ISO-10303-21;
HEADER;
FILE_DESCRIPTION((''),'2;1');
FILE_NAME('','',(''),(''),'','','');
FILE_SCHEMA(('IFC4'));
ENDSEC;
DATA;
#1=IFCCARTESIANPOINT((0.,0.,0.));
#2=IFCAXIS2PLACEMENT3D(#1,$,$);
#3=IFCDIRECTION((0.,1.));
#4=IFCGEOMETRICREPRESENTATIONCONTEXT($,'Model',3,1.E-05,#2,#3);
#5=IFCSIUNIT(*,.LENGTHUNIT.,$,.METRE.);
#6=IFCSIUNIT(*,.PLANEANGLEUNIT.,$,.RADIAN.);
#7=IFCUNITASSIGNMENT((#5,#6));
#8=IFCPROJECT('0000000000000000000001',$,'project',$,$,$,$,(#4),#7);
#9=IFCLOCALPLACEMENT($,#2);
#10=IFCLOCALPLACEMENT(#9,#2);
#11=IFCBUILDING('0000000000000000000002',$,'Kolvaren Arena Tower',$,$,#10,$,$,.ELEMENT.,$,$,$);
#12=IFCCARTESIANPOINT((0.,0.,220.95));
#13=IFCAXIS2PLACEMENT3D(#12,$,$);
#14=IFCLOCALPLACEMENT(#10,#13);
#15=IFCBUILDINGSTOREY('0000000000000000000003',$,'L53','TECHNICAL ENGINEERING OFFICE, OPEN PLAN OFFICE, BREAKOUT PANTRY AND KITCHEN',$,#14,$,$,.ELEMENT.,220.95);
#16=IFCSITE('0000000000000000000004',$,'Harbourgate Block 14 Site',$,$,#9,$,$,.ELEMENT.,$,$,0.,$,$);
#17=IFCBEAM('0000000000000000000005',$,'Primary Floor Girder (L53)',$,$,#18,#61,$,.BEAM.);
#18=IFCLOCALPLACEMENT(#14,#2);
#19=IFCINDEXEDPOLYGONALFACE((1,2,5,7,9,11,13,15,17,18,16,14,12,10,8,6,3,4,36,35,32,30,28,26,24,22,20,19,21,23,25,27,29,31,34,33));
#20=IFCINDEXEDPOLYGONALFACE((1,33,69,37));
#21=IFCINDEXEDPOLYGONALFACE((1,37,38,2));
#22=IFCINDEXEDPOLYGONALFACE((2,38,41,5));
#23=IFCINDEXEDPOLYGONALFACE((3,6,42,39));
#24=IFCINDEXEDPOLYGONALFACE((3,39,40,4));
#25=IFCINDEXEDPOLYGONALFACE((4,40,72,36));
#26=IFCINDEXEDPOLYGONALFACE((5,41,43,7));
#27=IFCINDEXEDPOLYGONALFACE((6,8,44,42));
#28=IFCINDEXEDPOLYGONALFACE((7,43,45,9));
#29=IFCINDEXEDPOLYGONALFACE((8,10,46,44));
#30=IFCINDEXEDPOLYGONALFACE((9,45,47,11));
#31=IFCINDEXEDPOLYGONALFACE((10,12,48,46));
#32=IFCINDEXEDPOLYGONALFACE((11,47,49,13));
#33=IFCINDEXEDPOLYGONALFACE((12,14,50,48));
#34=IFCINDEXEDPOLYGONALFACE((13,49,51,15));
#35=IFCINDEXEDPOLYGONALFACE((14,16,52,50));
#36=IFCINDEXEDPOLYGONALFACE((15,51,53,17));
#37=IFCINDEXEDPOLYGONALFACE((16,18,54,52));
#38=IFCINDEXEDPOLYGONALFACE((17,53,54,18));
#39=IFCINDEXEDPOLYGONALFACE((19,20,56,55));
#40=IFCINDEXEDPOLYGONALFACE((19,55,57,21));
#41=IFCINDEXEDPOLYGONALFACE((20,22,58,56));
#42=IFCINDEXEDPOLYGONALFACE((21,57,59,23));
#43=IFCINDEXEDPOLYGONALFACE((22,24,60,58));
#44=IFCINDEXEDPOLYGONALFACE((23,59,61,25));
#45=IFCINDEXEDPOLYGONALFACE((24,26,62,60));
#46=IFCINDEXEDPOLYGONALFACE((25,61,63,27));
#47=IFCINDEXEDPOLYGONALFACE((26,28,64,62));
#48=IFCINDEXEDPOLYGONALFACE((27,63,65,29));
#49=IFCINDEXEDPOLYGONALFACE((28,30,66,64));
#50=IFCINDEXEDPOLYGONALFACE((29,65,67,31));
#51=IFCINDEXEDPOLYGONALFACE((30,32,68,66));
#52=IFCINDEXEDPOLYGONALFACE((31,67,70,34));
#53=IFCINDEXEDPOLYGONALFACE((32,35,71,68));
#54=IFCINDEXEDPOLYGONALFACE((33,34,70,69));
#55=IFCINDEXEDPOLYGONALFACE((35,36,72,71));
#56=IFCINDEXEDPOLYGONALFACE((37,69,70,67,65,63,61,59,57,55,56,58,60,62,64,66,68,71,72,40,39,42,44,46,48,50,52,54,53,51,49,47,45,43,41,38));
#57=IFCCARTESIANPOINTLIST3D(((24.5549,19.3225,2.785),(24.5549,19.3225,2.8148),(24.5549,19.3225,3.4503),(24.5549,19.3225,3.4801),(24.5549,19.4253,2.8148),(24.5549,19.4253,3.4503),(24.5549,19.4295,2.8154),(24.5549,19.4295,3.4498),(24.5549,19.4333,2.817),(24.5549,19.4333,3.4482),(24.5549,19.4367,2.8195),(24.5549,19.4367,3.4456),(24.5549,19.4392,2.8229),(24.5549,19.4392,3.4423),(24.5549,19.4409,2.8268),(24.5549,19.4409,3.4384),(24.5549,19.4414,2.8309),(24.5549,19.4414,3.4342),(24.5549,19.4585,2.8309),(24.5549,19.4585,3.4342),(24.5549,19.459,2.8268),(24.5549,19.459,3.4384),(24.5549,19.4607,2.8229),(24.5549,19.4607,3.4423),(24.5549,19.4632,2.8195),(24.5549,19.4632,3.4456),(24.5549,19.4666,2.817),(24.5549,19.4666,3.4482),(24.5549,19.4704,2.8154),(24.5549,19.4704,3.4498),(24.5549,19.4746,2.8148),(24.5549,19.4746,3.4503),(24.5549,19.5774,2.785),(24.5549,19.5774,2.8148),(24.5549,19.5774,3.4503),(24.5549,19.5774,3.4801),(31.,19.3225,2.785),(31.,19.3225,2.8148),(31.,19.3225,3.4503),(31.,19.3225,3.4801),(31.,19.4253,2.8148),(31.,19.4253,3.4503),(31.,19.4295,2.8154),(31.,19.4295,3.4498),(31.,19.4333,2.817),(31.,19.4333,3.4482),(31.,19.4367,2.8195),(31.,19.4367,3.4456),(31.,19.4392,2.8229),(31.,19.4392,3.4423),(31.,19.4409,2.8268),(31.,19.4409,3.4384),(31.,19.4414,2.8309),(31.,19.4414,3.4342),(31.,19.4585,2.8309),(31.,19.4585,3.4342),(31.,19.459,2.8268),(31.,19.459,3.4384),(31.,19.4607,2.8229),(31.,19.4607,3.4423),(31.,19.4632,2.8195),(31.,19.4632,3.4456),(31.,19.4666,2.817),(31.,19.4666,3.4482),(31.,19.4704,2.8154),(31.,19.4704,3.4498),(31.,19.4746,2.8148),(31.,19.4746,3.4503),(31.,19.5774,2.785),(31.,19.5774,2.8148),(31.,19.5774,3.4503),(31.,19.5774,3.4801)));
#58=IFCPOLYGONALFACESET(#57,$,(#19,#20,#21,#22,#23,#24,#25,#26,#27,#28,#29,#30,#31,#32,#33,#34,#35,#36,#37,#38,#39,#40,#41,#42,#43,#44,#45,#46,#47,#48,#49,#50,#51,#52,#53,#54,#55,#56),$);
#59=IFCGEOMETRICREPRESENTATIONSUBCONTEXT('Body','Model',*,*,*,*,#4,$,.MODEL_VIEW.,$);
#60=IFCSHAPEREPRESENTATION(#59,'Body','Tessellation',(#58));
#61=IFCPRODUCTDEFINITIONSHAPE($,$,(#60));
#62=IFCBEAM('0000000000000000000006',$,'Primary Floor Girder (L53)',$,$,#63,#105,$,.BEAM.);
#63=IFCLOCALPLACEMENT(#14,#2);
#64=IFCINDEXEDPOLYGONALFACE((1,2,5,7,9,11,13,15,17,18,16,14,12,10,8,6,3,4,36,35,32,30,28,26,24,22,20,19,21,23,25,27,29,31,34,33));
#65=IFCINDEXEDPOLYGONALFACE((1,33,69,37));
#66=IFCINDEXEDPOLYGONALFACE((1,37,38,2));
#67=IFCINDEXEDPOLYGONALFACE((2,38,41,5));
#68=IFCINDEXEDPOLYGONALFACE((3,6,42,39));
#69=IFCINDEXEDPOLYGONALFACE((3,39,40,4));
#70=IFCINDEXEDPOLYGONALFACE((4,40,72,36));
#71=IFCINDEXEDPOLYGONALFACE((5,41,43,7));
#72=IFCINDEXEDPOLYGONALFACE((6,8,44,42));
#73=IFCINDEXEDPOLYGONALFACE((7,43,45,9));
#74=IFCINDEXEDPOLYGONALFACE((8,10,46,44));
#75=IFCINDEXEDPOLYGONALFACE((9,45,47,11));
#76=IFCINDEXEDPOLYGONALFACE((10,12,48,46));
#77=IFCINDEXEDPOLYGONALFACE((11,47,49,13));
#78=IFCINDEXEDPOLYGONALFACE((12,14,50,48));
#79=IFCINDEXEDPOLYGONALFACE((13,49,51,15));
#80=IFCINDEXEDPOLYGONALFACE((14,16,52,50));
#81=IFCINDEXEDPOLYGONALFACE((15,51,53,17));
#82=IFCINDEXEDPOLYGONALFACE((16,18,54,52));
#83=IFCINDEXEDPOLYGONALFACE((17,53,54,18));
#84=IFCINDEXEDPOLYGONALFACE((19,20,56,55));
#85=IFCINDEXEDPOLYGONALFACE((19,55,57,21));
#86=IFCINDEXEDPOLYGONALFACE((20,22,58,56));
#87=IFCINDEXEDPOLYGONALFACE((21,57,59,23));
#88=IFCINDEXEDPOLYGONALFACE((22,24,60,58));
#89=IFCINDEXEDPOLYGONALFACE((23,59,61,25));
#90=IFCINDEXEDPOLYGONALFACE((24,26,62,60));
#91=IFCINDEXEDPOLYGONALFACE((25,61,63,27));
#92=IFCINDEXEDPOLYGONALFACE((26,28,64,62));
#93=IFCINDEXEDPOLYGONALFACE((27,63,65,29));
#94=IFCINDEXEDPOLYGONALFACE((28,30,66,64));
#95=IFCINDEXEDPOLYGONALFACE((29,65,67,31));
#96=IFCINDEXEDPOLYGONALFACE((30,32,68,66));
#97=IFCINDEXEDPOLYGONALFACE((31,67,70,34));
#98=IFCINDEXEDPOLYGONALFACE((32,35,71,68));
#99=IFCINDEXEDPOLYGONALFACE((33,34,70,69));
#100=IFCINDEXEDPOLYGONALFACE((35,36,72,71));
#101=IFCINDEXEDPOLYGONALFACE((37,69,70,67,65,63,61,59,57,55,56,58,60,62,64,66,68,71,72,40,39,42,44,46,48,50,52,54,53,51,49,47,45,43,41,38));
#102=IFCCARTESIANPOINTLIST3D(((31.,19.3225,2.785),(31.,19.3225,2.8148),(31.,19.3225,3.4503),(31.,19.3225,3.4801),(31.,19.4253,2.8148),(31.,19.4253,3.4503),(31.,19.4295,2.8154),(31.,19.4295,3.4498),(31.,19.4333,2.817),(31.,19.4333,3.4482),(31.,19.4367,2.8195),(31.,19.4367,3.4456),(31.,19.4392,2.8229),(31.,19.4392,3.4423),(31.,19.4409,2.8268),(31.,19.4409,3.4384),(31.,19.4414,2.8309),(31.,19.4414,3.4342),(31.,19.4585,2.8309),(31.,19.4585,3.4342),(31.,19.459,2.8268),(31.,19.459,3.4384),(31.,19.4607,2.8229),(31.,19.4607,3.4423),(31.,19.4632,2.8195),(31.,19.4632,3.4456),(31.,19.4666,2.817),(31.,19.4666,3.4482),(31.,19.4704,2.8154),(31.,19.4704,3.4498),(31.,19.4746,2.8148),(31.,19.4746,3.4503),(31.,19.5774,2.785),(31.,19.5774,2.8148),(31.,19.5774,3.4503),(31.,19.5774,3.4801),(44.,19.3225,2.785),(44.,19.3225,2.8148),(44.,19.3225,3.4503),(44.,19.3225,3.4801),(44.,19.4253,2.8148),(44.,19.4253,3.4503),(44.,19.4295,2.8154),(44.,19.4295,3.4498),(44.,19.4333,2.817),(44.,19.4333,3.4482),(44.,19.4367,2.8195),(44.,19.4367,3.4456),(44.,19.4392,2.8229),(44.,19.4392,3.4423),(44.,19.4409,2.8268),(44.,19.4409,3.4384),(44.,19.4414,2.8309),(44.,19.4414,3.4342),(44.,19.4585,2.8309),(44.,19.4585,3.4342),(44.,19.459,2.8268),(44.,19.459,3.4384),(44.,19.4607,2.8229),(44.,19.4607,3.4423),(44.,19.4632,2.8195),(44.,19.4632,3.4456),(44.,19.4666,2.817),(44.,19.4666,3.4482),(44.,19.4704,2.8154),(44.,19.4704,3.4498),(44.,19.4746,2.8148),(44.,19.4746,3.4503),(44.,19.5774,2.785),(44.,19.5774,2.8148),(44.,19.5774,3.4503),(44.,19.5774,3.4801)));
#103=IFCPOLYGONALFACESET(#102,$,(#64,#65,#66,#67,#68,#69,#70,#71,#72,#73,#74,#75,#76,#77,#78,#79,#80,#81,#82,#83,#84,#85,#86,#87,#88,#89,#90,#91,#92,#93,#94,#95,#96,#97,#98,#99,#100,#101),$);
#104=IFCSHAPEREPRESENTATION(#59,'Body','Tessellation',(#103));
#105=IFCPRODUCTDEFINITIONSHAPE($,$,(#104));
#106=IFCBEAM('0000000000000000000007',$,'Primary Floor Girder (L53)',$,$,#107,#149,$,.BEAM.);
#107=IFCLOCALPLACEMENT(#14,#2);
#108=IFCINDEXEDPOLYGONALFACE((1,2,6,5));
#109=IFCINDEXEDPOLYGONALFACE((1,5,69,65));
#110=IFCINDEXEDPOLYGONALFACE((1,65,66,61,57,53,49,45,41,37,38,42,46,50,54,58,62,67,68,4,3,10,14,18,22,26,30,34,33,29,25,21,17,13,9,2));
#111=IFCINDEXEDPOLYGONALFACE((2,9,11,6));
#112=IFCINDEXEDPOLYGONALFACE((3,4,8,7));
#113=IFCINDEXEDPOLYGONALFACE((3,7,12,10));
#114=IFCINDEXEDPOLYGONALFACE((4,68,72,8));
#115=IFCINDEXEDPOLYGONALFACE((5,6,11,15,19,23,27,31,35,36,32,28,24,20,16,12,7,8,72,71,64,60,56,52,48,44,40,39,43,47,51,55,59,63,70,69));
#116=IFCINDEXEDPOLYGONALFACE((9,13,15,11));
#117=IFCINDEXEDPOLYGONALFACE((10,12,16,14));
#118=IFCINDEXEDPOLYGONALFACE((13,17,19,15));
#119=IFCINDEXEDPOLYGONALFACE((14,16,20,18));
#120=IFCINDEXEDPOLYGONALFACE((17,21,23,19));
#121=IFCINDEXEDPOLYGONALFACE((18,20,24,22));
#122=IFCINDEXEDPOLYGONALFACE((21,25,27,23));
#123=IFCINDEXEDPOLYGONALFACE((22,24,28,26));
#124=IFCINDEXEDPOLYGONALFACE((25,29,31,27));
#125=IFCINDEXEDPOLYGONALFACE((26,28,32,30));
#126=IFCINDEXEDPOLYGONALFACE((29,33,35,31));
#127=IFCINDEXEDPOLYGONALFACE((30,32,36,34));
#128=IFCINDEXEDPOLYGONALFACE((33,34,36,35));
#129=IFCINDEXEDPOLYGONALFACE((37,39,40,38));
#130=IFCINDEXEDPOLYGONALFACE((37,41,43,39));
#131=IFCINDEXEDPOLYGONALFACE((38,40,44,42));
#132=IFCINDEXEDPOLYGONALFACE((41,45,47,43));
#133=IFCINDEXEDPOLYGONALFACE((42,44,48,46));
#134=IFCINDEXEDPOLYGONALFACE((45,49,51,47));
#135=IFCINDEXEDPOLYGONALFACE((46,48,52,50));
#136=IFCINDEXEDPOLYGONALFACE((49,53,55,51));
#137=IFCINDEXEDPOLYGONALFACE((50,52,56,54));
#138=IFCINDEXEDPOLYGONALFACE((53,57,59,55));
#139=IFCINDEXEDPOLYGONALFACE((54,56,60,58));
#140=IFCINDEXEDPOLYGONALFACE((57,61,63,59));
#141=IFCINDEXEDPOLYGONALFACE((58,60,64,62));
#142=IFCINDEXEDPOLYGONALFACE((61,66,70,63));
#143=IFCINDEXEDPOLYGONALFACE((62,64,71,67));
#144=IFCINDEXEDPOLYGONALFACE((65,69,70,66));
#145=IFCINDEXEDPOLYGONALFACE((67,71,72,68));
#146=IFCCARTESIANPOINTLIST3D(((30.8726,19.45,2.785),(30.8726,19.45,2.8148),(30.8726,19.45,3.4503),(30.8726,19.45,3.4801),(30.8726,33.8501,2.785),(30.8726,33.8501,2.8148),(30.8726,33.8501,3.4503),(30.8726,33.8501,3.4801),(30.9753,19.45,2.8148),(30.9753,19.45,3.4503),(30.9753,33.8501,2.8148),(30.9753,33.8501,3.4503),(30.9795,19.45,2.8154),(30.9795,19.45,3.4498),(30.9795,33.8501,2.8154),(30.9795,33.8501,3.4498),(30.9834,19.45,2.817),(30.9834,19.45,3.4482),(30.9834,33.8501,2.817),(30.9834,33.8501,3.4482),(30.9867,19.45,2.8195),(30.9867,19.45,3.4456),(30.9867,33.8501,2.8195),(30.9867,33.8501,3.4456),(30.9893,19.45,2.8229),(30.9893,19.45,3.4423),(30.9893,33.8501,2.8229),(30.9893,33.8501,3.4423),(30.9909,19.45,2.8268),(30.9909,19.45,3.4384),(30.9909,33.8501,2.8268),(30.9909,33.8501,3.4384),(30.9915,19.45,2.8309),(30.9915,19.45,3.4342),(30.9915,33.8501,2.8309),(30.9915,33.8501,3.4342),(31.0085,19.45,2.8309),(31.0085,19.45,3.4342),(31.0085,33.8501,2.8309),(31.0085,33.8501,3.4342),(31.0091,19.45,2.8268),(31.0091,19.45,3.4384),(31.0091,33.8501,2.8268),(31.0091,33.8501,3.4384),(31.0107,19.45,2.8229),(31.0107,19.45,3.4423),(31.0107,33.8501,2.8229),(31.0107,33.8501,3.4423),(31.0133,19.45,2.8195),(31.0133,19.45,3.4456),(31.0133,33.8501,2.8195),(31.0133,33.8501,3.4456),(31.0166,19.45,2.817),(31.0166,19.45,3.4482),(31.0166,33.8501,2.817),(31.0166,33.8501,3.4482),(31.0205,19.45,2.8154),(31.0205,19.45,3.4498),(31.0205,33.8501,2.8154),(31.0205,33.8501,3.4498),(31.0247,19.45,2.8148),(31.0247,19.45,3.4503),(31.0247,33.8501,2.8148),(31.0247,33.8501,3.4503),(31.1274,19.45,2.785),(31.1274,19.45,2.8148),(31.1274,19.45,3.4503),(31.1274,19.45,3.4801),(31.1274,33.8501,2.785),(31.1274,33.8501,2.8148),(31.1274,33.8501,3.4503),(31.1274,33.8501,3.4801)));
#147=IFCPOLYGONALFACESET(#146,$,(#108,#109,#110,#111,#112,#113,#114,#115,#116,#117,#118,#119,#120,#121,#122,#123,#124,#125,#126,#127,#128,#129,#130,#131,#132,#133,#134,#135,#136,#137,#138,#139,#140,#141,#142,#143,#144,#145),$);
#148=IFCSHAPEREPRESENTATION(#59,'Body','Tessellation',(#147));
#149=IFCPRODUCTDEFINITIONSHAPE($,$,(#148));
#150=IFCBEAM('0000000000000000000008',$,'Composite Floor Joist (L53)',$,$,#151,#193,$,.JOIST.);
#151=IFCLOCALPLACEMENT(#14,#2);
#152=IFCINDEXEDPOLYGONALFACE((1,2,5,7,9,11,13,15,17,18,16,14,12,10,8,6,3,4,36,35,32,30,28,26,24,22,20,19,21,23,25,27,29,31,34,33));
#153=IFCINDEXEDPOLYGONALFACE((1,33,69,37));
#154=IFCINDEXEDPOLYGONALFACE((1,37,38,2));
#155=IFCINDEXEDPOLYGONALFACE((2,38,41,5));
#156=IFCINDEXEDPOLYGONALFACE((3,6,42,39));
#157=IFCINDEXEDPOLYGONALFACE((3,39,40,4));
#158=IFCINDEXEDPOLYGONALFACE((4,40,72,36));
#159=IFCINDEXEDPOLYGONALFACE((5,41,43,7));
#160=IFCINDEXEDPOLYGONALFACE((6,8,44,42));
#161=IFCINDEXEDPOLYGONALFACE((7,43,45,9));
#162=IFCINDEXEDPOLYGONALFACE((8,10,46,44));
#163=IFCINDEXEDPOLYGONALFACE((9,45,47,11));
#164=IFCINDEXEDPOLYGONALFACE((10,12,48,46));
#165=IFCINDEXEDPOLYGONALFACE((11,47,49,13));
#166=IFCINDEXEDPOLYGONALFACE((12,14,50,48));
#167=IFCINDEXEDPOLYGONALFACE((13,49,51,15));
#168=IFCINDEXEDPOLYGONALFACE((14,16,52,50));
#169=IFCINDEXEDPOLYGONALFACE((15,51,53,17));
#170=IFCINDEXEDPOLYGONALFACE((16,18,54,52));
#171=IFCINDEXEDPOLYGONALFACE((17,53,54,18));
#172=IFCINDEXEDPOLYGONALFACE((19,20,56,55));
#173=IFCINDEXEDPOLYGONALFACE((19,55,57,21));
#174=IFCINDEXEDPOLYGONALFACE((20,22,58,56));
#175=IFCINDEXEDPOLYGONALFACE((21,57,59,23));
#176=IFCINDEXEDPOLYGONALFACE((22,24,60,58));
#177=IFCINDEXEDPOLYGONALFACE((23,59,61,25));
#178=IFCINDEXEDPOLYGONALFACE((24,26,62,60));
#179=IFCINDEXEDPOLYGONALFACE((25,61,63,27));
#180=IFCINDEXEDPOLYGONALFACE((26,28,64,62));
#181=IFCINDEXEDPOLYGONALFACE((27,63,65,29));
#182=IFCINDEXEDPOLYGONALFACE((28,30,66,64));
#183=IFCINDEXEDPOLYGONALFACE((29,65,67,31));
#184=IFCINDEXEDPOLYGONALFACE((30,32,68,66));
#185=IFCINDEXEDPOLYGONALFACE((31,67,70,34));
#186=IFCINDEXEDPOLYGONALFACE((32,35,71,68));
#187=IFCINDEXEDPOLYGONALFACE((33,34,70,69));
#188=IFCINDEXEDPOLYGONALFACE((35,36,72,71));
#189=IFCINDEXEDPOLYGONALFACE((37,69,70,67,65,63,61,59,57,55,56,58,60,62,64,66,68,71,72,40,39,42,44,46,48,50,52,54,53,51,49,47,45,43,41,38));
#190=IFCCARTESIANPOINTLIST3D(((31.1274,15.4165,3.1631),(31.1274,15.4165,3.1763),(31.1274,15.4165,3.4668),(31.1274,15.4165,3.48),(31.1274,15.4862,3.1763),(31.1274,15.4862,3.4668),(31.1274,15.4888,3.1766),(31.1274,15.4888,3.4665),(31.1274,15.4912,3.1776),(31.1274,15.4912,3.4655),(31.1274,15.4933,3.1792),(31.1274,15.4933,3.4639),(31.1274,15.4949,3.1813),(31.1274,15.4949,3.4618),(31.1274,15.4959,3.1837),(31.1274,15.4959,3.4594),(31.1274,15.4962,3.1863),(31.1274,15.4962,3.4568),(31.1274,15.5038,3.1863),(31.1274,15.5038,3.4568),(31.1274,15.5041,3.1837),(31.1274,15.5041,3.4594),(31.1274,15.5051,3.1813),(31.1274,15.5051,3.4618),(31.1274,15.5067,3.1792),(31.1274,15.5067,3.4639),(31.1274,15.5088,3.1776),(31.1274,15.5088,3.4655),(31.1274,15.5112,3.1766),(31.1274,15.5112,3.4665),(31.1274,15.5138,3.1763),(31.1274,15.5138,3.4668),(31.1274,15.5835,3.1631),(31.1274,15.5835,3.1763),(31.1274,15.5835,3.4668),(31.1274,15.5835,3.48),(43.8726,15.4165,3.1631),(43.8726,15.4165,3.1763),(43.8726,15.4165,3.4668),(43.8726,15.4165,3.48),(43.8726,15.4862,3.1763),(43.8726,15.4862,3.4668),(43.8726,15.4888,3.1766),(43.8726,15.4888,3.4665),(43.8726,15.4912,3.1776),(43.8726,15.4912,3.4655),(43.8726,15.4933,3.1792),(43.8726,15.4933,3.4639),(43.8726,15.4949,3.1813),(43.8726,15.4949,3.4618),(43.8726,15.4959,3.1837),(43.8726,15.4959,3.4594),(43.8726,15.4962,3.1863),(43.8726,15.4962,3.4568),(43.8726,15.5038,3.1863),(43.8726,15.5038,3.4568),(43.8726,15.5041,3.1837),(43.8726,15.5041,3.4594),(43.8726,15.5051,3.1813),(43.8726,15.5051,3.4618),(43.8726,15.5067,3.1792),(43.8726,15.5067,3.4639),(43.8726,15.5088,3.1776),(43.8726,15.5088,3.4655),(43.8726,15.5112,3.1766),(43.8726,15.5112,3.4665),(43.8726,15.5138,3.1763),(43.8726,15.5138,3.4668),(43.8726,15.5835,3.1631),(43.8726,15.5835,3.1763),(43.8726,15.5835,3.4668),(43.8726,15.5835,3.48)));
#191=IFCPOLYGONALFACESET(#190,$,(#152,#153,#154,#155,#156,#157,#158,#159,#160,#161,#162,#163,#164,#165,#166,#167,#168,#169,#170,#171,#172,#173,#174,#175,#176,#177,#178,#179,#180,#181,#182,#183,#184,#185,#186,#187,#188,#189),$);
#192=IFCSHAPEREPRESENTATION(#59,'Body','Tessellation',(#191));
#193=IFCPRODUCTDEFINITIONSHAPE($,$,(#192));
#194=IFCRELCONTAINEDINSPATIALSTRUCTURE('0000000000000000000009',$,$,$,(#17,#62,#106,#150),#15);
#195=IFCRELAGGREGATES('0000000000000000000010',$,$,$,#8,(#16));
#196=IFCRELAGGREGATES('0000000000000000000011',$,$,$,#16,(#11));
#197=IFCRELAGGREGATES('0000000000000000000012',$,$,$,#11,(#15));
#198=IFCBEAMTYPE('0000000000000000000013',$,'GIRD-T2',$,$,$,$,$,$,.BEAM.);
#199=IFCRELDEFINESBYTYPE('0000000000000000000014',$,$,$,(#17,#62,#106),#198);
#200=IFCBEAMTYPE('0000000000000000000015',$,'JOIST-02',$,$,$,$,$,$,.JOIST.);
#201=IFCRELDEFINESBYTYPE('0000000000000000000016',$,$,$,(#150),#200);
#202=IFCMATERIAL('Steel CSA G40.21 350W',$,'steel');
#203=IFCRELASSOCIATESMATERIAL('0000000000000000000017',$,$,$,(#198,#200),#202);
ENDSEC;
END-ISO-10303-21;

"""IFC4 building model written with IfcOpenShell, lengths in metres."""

from ifc_helpers import new_model, si_unit, direction, frame, origin, origin_2d, place, context, subcontext, project, spatial, i_section, extrude, material, material_profile, profile_set, type_object, element, save


model = new_model("IFC4")

# Units and contexts
model_context = context("Model", 3, precision=1e-05, world=origin(), true_north=direction((0.0, 1.0)))
body_context = subcontext(model_context, "Body", "Model", "MODEL_VIEW")
ifc_project = project(units=[si_unit("LENGTHUNIT", "METRE"), si_unit("PLANEANGLEUNIT", "RADIAN")], contexts=[model_context])

# Site, building, storey
site_placement = place(None, origin())
site = spatial("IfcSite", under=ifc_project, at=site_placement, Name="Harbourgate Block 14 Site", CompositionType="ELEMENT", RefElevation=0.0)
building_placement = place(site_placement, origin())
building = spatial("IfcBuilding", under=site, at=building_placement, Name="Kolvaren Arena Tower", CompositionType="ELEMENT")
storey_placement = place(building_placement, frame((0.0, 0.0, 220.95)))
storey = spatial("IfcBuildingStorey", under=building, at=storey_placement, Name="L53", Description="TECHNICAL ENGINEERING OFFICE, OPEN PLAN OFFICE, BREAKOUT PANTRY AND KITCHEN", CompositionType="ELEMENT", Elevation=220.95)

# Beams
ifc_material_1 = material(Name="Steel CSA G40.21 350W", Category="steel")
ifc_material_profile_1 = material_profile(ifc_material_1, i_section(OverallWidth=0.2549, OverallDepth=0.6951, WebThickness=0.0171, FlangeThickness=0.0298, FilletRadius=0.0161, at=origin_2d()), Name="W690x217")
ifc_profile_set_1 = profile_set([ifc_material_profile_1], Name="Steel CSA G40.21 350W")
beam_type_1 = type_object("IfcBeamType", Name="GIRD-T2", PredefinedType="BEAM", material=ifc_profile_set_1)
beam_1_placement = place(storey_placement, frame((24.5549, 19.45, 3.1326), z_axis=(1.0, 0.0, 0.0), x_axis=(0.0, 1.0, 0.0)))
element("IfcBeam", 1, at=beam_1_placement, inside=storey, type_object=beam_type_1, Name="Primary Floor Girder (L53)", PredefinedType="BEAM", context=body_context, shape_type="SweptSolid", body=[
    extrude(i_section(OverallWidth=0.2549, OverallDepth=0.6951, WebThickness=0.0171, FlangeThickness=0.0298, FilletRadius=0.0161, at=origin_2d()), origin(), (0.0, 0.0, 1.0), 6.4451),
])
beam_2_placement = place(storey_placement, frame((31.0, 19.45, 3.1326), z_axis=(1.0, 0.0, 0.0), x_axis=(0.0, 1.0, 0.0)))
element("IfcBeam", 2, at=beam_2_placement, inside=storey, type_object=beam_type_1, Name="Primary Floor Girder (L53)", PredefinedType="BEAM", context=body_context, shape_type="SweptSolid", body=[
    extrude(i_section(OverallWidth=0.2549, OverallDepth=0.6951, WebThickness=0.0171, FlangeThickness=0.0298, FilletRadius=0.0161, at=origin_2d()), origin(), (0.0, 0.0, 1.0), 13.0),
])
beam_3_placement = place(storey_placement, frame((31.0, 19.45, 3.1326), z_axis=(0.0, 1.0, 0.0), x_axis=(-1.0, 0.0, 0.0)))
element("IfcBeam", 3, at=beam_3_placement, inside=storey, type_object=beam_type_1, Name="Primary Floor Girder (L53)", PredefinedType="BEAM", context=body_context, shape_type="SweptSolid", body=[
    extrude(i_section(OverallWidth=0.2549, OverallDepth=0.6951, WebThickness=0.0171, FlangeThickness=0.0298, FilletRadius=0.0161, at=origin_2d()), origin(), (0.0, 0.0, 1.0), 14.4001),
])
ifc_material_profile_2 = material_profile(ifc_material_1, i_section(OverallWidth=0.167, OverallDepth=0.3169, WebThickness=0.0076, FlangeThickness=0.0132, FilletRadius=0.01, at=origin_2d()), Name="W310x52")
ifc_profile_set_2 = profile_set([ifc_material_profile_2], Name="Steel CSA G40.21 350W")
beam_type_2 = type_object("IfcBeamType", Name="JOIST-02", PredefinedType="JOIST", material=ifc_profile_set_2)
beam_4_placement = place(storey_placement, frame((31.1274, 15.5, 3.3215), z_axis=(1.0, 0.0, 0.0), x_axis=(0.0, 1.0, 0.0)))
element("IfcBeam", 4, at=beam_4_placement, inside=storey, type_object=beam_type_2, Name="Composite Floor Joist (L53)", PredefinedType="JOIST", context=body_context, shape_type="SweptSolid", body=[
    extrude(i_section(OverallWidth=0.167, OverallDepth=0.3169, WebThickness=0.0076, FlangeThickness=0.0132, FilletRadius=0.01, at=origin_2d()), origin(), (0.0, 0.0, 1.0), 12.7451),
])

save(model, "model.ifc")
